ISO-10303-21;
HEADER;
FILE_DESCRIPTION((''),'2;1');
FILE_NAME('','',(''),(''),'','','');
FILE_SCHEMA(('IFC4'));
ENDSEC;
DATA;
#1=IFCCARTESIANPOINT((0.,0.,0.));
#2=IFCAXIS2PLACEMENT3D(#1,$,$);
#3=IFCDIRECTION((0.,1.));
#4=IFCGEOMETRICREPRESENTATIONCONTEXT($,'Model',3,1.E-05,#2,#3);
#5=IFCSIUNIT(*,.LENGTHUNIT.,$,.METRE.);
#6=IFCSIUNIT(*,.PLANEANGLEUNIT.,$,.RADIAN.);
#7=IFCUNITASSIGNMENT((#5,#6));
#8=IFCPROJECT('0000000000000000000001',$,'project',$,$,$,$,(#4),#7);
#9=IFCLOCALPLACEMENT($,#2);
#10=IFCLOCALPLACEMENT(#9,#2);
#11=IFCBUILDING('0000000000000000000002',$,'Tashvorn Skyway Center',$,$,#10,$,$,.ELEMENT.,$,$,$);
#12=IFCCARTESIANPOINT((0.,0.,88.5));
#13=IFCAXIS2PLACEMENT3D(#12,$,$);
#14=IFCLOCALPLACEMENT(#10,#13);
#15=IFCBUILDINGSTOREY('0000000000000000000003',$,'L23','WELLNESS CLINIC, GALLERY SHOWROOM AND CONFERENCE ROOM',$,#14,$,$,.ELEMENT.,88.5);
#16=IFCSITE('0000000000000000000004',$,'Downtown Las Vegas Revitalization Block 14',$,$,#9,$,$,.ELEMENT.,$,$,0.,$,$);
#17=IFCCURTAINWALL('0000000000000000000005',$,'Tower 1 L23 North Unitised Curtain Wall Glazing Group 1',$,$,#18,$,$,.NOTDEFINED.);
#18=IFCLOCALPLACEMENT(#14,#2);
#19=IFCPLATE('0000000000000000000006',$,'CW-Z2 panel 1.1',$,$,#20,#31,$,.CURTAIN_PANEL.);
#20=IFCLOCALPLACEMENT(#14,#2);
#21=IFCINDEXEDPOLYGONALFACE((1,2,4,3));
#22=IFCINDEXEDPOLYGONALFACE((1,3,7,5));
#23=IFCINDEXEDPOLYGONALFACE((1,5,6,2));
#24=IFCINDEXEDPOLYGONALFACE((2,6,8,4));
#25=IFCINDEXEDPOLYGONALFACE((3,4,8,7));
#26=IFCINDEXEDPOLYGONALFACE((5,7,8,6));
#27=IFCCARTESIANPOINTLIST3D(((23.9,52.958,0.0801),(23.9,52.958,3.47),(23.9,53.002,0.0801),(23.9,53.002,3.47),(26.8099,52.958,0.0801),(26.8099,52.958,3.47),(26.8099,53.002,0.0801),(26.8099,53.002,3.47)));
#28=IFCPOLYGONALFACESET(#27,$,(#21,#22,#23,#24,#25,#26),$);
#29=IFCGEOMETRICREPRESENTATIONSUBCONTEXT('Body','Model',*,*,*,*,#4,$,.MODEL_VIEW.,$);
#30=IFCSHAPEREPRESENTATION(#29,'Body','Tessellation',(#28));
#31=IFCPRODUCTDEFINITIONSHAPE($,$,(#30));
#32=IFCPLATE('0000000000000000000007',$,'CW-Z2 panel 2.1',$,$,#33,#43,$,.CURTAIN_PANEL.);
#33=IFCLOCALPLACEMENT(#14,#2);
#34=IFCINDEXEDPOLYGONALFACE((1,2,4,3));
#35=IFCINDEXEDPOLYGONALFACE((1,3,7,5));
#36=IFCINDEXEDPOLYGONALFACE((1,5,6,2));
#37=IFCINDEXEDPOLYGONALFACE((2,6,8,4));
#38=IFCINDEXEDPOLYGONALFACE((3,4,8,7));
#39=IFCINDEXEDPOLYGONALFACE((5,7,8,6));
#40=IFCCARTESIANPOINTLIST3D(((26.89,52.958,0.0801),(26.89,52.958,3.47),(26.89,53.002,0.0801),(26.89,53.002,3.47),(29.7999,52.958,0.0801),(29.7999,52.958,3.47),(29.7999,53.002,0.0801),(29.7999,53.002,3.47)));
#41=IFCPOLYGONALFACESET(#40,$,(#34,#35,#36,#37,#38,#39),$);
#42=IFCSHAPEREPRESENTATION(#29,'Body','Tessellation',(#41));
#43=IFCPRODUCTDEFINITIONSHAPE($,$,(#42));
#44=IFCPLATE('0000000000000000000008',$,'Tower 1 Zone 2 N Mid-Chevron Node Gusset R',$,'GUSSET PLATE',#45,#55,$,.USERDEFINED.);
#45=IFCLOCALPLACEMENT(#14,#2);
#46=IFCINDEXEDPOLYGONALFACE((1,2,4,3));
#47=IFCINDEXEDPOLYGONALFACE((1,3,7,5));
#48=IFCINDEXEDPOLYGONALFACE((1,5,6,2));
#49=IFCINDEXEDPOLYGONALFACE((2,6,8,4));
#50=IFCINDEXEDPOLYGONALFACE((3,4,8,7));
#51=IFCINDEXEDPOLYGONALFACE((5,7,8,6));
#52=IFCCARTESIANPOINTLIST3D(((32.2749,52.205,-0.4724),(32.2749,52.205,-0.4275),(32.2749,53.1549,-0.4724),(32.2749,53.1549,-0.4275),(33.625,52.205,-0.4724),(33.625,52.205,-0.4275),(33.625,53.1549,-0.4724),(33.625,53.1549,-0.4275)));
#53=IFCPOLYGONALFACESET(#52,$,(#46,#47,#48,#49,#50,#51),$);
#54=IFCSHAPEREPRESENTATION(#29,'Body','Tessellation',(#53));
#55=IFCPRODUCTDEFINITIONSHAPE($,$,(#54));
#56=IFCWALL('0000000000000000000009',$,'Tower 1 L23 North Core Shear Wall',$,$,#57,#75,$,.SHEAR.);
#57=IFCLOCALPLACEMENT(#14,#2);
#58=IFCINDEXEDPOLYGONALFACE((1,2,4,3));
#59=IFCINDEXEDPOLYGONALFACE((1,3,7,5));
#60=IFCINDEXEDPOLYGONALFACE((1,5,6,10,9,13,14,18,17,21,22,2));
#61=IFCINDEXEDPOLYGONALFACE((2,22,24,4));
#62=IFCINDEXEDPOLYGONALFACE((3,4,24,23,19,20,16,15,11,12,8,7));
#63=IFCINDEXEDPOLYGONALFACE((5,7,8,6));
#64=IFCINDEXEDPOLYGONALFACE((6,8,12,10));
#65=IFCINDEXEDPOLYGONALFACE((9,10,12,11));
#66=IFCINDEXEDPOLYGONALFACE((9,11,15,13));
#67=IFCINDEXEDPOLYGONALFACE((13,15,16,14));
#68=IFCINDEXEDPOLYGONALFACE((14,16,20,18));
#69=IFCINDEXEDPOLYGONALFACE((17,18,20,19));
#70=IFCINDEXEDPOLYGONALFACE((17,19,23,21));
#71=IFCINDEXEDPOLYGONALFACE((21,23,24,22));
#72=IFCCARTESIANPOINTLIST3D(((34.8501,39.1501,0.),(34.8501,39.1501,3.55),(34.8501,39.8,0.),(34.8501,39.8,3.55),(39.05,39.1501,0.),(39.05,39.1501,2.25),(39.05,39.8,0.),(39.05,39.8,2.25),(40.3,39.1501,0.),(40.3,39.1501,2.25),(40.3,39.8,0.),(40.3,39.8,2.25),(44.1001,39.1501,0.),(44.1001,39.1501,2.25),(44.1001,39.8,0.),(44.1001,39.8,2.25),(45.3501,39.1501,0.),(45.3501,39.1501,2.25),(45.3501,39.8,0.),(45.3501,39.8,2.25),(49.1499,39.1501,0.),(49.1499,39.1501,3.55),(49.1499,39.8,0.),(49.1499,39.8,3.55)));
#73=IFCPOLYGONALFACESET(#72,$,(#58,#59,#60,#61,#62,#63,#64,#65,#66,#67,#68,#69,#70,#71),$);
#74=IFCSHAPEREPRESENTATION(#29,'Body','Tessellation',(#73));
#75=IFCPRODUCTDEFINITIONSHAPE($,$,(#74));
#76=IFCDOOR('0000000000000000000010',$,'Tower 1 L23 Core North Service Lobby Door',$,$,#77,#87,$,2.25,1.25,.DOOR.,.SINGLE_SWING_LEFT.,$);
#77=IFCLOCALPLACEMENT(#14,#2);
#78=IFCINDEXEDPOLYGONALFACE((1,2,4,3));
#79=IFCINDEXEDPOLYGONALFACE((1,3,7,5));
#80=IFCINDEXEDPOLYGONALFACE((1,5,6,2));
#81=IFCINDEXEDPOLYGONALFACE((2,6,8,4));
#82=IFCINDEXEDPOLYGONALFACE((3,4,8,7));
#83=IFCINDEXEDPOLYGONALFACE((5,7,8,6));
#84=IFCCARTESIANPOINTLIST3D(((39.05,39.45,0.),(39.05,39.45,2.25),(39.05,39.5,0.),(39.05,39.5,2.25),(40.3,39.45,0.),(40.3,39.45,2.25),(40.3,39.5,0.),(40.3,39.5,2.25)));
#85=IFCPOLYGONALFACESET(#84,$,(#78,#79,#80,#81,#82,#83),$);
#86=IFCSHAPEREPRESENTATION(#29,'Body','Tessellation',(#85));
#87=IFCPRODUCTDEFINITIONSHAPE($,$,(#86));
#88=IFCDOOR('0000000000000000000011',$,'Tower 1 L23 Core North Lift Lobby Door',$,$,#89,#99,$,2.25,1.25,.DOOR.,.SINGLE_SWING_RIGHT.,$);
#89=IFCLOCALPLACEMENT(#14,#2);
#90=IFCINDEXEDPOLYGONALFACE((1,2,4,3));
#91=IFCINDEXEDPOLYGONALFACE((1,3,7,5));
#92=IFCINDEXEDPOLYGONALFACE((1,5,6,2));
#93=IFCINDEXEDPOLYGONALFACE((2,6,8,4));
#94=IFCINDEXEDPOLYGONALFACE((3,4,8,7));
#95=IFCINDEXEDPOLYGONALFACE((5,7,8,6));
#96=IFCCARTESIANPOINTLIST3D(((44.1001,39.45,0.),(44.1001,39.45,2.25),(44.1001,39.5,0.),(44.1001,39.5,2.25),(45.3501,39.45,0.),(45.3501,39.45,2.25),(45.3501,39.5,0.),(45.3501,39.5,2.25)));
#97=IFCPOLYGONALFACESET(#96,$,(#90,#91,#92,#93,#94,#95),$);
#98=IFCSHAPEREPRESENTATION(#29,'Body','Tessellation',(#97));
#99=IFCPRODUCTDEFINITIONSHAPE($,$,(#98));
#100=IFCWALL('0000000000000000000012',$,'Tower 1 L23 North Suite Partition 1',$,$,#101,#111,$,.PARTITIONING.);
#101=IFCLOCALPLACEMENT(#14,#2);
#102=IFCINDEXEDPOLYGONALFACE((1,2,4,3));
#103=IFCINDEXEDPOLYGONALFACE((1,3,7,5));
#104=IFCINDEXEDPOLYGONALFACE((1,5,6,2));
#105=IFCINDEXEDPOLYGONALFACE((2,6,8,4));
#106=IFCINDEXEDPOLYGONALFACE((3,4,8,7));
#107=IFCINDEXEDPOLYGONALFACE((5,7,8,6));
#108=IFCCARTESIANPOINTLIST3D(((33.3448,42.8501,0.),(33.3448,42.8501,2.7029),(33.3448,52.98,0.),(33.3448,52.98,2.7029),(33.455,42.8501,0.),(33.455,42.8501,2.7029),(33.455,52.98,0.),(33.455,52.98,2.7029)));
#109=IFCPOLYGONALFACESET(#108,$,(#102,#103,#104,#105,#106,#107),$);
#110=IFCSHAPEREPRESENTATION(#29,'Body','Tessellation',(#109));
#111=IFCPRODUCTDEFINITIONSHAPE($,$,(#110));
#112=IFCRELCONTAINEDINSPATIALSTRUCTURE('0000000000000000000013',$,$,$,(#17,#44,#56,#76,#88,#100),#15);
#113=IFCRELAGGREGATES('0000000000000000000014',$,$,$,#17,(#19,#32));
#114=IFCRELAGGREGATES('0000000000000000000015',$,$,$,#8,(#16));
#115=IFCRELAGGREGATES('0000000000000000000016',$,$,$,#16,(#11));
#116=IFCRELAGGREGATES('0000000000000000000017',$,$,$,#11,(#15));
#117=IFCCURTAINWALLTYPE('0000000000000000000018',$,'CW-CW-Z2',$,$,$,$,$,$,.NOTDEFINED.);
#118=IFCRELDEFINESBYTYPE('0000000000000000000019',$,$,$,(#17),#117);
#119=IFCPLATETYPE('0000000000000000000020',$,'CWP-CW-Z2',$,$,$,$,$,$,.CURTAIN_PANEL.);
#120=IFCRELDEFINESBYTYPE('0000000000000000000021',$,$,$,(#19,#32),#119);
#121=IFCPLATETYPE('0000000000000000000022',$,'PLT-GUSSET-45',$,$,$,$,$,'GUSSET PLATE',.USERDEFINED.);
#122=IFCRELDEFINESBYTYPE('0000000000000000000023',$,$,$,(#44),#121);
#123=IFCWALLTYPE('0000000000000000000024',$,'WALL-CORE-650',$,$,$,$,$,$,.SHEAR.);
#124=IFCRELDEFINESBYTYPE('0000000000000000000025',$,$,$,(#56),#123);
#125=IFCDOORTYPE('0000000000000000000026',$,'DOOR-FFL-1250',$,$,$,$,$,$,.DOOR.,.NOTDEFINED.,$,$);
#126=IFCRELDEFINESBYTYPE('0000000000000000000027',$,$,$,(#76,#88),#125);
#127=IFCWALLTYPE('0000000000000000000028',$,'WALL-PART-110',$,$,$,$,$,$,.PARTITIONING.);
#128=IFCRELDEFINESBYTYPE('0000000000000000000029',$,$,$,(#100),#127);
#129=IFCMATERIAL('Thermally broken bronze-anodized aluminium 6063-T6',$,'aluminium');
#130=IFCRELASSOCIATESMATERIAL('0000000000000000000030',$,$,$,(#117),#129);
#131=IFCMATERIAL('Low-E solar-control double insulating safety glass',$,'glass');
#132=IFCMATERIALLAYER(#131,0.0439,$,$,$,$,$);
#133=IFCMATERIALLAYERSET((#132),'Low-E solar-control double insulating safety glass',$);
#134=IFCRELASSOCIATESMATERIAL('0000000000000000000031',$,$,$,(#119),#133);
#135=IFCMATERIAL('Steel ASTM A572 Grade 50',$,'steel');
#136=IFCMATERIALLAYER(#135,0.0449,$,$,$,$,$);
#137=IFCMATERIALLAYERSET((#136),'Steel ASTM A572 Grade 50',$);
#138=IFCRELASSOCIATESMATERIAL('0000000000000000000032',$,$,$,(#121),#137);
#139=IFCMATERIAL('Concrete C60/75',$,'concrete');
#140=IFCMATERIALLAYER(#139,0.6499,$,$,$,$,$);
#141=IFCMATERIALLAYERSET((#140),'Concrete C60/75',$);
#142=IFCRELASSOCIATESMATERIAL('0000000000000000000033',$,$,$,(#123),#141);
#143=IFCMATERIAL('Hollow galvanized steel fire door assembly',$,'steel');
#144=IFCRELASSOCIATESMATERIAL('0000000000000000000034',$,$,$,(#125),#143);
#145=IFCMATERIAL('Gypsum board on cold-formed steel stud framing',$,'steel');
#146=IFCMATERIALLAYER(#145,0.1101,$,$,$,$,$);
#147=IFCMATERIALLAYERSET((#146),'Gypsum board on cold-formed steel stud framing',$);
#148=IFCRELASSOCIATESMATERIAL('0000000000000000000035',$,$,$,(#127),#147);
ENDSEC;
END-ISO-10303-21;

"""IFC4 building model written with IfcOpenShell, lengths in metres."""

from ifc_helpers import new_model, si_unit, direction, frame, frame_2d, origin, origin_2d, place, context, subcontext, project, spatial, rectangle, extrude, material, layer, layer_set, type_object, element, fill, aggregate, save


model = new_model("IFC4")

# Units and contexts
model_context = context("Model", 3, precision=1e-05, world=origin(), true_north=direction((0.0, 1.0)))
body_context = subcontext(model_context, "Body", "Model", "MODEL_VIEW")
ifc_project = project(units=[si_unit("LENGTHUNIT", "METRE"), si_unit("PLANEANGLEUNIT", "RADIAN")], contexts=[model_context])

# Site, building, storey
site_placement = place(None, origin())
site = spatial("IfcSite", under=ifc_project, at=site_placement, Name="Downtown Las Vegas Revitalization Block 14", CompositionType="ELEMENT", RefElevation=0.0)
building_placement = place(site_placement, origin())
building = spatial("IfcBuilding", under=site, at=building_placement, Name="Tashvorn Skyway Center", CompositionType="ELEMENT")
storey_placement = place(building_placement, frame((0.0, 0.0, 88.5)))
storey = spatial("IfcBuildingStorey", under=building, at=storey_placement, Name="L23", Description="WELLNESS CLINIC, GALLERY SHOWROOM AND CONFERENCE ROOM", CompositionType="ELEMENT", Elevation=88.5)

# Shared definitions
ifc_material_1 = material(Name="Steel ASTM A572 Grade 50", Category="steel")

# Curtain wall
ifc_material_2 = material(Name="Thermally broken bronze-anodized aluminium 6063-T6", Category="aluminium")
curtain_wall_type = type_object("IfcCurtainWallType", Name="CW-CW-Z2", PredefinedType="NOTDEFINED", material=ifc_material_2)
curtain_wall_1_placement = place(storey_placement, origin())
curtain_wall_1 = element("IfcCurtainWall", 1, at=curtain_wall_1_placement, inside=storey, type_object=curtain_wall_type, Name="Tower 1 L23 North Unitised Curtain Wall Glazing Group 1", PredefinedType="NOTDEFINED")

# Plates
ifc_material_3 = material(Name="Low-E solar-control double insulating safety glass", Category="glass")
ifc_layer_1 = layer(ifc_material_3, 0.0439)
ifc_layer_set_1 = layer_set([ifc_layer_1], Name="Low-E solar-control double insulating safety glass")
plate_type_1 = type_object("IfcPlateType", Name="CWP-CW-Z2", PredefinedType="CURTAIN_PANEL", material=ifc_layer_set_1)
plate_1_placement = place(storey_placement, frame((25.355, 52.98, 0.0801), z_axis=(0.0, 0.0, 1.0), x_axis=(1.0, 0.0, 0.0)))
plate_1 = element("IfcPlate", 2, at=plate_1_placement, type_object=plate_type_1, Name="CW-Z2 panel 1.1", PredefinedType="CURTAIN_PANEL", context=body_context, shape_type="SweptSolid", body=[
    extrude(rectangle(XDim=2.9099, YDim=0.0439, at=origin_2d()), origin(), (0.0, 0.0, 1.0), 3.3899),
])
plate_2_placement = place(storey_placement, frame((28.345, 52.98, 0.0801), z_axis=(0.0, 0.0, 1.0), x_axis=(1.0, 0.0, 0.0)))
plate_2 = element("IfcPlate", 3, at=plate_2_placement, type_object=plate_type_1, Name="CW-Z2 panel 2.1", PredefinedType="CURTAIN_PANEL", context=body_context, shape_type="SweptSolid", body=[
    extrude(rectangle(XDim=2.9099, YDim=0.0439, at=origin_2d()), origin(), (0.0, 0.0, 1.0), 3.3899),
])
aggregate(curtain_wall_1, [plate_1, plate_2])
ifc_layer_2 = layer(ifc_material_1, 0.0449)
ifc_layer_set_2 = layer_set([ifc_layer_2], Name="Steel ASTM A572 Grade 50")
plate_type_2 = type_object("IfcPlateType", Name="PLT-GUSSET-45", ElementType="GUSSET PLATE", PredefinedType="USERDEFINED", material=ifc_layer_set_2)
plate_3_placement = place(storey_placement, frame((32.95, 52.6799, -0.4724), z_axis=(0.0, 0.0, 1.0), x_axis=(-1.0, 0.0, 0.0)))
element("IfcPlate", 4, at=plate_3_placement, inside=storey, type_object=plate_type_2, Name="Tower 1 Zone 2 N Mid-Chevron Node Gusset R", ObjectType="GUSSET PLATE", PredefinedType="USERDEFINED", context=body_context, shape_type="SweptSolid", body=[
    extrude(rectangle(XDim=1.3501, YDim=0.95, at=origin_2d()), origin(), (0.0, 0.0, 1.0), 0.0449),
])

# Wall, openings, doors
ifc_material_4 = material(Name="Concrete C60/75", Category="concrete")
ifc_layer_3 = layer(ifc_material_4, 0.6499)
ifc_layer_set_3 = layer_set([ifc_layer_3], Name="Concrete C60/75")
wall_type_1 = type_object("IfcWallType", Name="WALL-CORE-650", PredefinedType="SHEAR", material=ifc_layer_set_3)
wall_1_placement = place(storey_placement, frame((34.8501, 39.4751, 0.0), z_axis=(0.0, 0.0, 1.0), x_axis=(1.0, 0.0, 0.0)))
wall_1 = element("IfcWall", 5, at=wall_1_placement, inside=storey, type_object=wall_type_1, Name="Tower 1 L23 North Core Shear Wall", PredefinedType="SHEAR", context=body_context, shape_type="SweptSolid", body=[
    extrude(rectangle(XDim=14.2998, YDim=0.6499, at=frame_2d((7.1499, 0.0))), origin(), (0.0, 0.0, 1.0), 3.55),
])
opening_1_placement = place(wall_1_placement, frame((4.2, 0.0, 0.0)))
opening_1 = element("IfcOpeningElement", 6, at=opening_1_placement, cuts=wall_1, PredefinedType="OPENING", context=body_context, shape_type="SweptSolid", body=[
    extrude(rectangle(XDim=1.25, YDim=2.25, at=frame_2d((0.625, 1.125))), frame((0.0, 0.335, 0.0), z_axis=(0.0, -1.0, 0.0), x_axis=(1.0, 0.0, 0.0)), (0.0, 0.0, 1.0), 0.6699),
])
opening_2_placement = place(wall_1_placement, frame((9.25, 0.0, 0.0)))
opening_2 = element("IfcOpeningElement", 7, at=opening_2_placement, cuts=wall_1, PredefinedType="OPENING", context=body_context, shape_type="SweptSolid", body=[
    extrude(rectangle(XDim=1.25, YDim=2.25, at=frame_2d((0.625, 1.125))), frame((0.0, 0.335, 0.0), z_axis=(0.0, -1.0, 0.0), x_axis=(1.0, 0.0, 0.0)), (0.0, 0.0, 1.0), 0.6699),
])
ifc_material_5 = material(Name="Hollow galvanized steel fire door assembly", Category="steel")
door_type_1 = type_object("IfcDoorType", Name="DOOR-FFL-1250", OperationType="NOTDEFINED", PredefinedType="DOOR", material=ifc_material_5)
door_1_placement = place(opening_1_placement, origin())
door_1 = element("IfcDoor", 8, at=door_1_placement, inside=storey, type_object=door_type_1, Name="Tower 1 L23 Core North Service Lobby Door", OperationType="SINGLE_SWING_LEFT", OverallHeight=2.25, OverallWidth=1.25, PredefinedType="DOOR", context=body_context, shape_type="SweptSolid", body=[
    extrude(rectangle(XDim=1.25, YDim=2.25, at=frame_2d((0.625, 1.125))), frame((0.0, 0.0249, 0.0), z_axis=(0.0, -1.0, 0.0), x_axis=(1.0, 0.0, 0.0)), (0.0, 0.0, 1.0), 0.05),
])
fill(opening_1, door_1)
door_2_placement = place(opening_2_placement, origin())
door_2 = element("IfcDoor", 9, at=door_2_placement, inside=storey, type_object=door_type_1, Name="Tower 1 L23 Core North Lift Lobby Door", OperationType="SINGLE_SWING_RIGHT", OverallHeight=2.25, OverallWidth=1.25, PredefinedType="DOOR", context=body_context, shape_type="SweptSolid", body=[
    extrude(rectangle(XDim=1.25, YDim=2.25, at=frame_2d((0.625, 1.125))), frame((0.0, 0.0249, 0.0), z_axis=(0.0, -1.0, 0.0), x_axis=(1.0, 0.0, 0.0)), (0.0, 0.0, 1.0), 0.05),
])
fill(opening_2, door_2)

# Wall
ifc_material_6 = material(Name="Gypsum board on cold-formed steel stud framing", Category="steel")
ifc_layer_4 = layer(ifc_material_6, 0.1101)
ifc_layer_set_4 = layer_set([ifc_layer_4], Name="Gypsum board on cold-formed steel stud framing")
wall_type_2 = type_object("IfcWallType", Name="WALL-PART-110", PredefinedType="PARTITIONING", material=ifc_layer_set_4)
wall_2_placement = place(storey_placement, frame((33.3999, 42.8501, 0.0), z_axis=(0.0, 0.0, 1.0), x_axis=(0.0, 1.0, 0.0)))
element("IfcWall", 10, at=wall_2_placement, inside=storey, type_object=wall_type_2, Name="Tower 1 L23 North Suite Partition 1", PredefinedType="PARTITIONING", context=body_context, shape_type="SweptSolid", body=[
    extrude(rectangle(XDim=10.1299, YDim=0.1101, at=frame_2d((5.0649, 0.0))), origin(), (0.0, 0.0, 1.0), 2.7029),
])

save(model, "model.ifc")
